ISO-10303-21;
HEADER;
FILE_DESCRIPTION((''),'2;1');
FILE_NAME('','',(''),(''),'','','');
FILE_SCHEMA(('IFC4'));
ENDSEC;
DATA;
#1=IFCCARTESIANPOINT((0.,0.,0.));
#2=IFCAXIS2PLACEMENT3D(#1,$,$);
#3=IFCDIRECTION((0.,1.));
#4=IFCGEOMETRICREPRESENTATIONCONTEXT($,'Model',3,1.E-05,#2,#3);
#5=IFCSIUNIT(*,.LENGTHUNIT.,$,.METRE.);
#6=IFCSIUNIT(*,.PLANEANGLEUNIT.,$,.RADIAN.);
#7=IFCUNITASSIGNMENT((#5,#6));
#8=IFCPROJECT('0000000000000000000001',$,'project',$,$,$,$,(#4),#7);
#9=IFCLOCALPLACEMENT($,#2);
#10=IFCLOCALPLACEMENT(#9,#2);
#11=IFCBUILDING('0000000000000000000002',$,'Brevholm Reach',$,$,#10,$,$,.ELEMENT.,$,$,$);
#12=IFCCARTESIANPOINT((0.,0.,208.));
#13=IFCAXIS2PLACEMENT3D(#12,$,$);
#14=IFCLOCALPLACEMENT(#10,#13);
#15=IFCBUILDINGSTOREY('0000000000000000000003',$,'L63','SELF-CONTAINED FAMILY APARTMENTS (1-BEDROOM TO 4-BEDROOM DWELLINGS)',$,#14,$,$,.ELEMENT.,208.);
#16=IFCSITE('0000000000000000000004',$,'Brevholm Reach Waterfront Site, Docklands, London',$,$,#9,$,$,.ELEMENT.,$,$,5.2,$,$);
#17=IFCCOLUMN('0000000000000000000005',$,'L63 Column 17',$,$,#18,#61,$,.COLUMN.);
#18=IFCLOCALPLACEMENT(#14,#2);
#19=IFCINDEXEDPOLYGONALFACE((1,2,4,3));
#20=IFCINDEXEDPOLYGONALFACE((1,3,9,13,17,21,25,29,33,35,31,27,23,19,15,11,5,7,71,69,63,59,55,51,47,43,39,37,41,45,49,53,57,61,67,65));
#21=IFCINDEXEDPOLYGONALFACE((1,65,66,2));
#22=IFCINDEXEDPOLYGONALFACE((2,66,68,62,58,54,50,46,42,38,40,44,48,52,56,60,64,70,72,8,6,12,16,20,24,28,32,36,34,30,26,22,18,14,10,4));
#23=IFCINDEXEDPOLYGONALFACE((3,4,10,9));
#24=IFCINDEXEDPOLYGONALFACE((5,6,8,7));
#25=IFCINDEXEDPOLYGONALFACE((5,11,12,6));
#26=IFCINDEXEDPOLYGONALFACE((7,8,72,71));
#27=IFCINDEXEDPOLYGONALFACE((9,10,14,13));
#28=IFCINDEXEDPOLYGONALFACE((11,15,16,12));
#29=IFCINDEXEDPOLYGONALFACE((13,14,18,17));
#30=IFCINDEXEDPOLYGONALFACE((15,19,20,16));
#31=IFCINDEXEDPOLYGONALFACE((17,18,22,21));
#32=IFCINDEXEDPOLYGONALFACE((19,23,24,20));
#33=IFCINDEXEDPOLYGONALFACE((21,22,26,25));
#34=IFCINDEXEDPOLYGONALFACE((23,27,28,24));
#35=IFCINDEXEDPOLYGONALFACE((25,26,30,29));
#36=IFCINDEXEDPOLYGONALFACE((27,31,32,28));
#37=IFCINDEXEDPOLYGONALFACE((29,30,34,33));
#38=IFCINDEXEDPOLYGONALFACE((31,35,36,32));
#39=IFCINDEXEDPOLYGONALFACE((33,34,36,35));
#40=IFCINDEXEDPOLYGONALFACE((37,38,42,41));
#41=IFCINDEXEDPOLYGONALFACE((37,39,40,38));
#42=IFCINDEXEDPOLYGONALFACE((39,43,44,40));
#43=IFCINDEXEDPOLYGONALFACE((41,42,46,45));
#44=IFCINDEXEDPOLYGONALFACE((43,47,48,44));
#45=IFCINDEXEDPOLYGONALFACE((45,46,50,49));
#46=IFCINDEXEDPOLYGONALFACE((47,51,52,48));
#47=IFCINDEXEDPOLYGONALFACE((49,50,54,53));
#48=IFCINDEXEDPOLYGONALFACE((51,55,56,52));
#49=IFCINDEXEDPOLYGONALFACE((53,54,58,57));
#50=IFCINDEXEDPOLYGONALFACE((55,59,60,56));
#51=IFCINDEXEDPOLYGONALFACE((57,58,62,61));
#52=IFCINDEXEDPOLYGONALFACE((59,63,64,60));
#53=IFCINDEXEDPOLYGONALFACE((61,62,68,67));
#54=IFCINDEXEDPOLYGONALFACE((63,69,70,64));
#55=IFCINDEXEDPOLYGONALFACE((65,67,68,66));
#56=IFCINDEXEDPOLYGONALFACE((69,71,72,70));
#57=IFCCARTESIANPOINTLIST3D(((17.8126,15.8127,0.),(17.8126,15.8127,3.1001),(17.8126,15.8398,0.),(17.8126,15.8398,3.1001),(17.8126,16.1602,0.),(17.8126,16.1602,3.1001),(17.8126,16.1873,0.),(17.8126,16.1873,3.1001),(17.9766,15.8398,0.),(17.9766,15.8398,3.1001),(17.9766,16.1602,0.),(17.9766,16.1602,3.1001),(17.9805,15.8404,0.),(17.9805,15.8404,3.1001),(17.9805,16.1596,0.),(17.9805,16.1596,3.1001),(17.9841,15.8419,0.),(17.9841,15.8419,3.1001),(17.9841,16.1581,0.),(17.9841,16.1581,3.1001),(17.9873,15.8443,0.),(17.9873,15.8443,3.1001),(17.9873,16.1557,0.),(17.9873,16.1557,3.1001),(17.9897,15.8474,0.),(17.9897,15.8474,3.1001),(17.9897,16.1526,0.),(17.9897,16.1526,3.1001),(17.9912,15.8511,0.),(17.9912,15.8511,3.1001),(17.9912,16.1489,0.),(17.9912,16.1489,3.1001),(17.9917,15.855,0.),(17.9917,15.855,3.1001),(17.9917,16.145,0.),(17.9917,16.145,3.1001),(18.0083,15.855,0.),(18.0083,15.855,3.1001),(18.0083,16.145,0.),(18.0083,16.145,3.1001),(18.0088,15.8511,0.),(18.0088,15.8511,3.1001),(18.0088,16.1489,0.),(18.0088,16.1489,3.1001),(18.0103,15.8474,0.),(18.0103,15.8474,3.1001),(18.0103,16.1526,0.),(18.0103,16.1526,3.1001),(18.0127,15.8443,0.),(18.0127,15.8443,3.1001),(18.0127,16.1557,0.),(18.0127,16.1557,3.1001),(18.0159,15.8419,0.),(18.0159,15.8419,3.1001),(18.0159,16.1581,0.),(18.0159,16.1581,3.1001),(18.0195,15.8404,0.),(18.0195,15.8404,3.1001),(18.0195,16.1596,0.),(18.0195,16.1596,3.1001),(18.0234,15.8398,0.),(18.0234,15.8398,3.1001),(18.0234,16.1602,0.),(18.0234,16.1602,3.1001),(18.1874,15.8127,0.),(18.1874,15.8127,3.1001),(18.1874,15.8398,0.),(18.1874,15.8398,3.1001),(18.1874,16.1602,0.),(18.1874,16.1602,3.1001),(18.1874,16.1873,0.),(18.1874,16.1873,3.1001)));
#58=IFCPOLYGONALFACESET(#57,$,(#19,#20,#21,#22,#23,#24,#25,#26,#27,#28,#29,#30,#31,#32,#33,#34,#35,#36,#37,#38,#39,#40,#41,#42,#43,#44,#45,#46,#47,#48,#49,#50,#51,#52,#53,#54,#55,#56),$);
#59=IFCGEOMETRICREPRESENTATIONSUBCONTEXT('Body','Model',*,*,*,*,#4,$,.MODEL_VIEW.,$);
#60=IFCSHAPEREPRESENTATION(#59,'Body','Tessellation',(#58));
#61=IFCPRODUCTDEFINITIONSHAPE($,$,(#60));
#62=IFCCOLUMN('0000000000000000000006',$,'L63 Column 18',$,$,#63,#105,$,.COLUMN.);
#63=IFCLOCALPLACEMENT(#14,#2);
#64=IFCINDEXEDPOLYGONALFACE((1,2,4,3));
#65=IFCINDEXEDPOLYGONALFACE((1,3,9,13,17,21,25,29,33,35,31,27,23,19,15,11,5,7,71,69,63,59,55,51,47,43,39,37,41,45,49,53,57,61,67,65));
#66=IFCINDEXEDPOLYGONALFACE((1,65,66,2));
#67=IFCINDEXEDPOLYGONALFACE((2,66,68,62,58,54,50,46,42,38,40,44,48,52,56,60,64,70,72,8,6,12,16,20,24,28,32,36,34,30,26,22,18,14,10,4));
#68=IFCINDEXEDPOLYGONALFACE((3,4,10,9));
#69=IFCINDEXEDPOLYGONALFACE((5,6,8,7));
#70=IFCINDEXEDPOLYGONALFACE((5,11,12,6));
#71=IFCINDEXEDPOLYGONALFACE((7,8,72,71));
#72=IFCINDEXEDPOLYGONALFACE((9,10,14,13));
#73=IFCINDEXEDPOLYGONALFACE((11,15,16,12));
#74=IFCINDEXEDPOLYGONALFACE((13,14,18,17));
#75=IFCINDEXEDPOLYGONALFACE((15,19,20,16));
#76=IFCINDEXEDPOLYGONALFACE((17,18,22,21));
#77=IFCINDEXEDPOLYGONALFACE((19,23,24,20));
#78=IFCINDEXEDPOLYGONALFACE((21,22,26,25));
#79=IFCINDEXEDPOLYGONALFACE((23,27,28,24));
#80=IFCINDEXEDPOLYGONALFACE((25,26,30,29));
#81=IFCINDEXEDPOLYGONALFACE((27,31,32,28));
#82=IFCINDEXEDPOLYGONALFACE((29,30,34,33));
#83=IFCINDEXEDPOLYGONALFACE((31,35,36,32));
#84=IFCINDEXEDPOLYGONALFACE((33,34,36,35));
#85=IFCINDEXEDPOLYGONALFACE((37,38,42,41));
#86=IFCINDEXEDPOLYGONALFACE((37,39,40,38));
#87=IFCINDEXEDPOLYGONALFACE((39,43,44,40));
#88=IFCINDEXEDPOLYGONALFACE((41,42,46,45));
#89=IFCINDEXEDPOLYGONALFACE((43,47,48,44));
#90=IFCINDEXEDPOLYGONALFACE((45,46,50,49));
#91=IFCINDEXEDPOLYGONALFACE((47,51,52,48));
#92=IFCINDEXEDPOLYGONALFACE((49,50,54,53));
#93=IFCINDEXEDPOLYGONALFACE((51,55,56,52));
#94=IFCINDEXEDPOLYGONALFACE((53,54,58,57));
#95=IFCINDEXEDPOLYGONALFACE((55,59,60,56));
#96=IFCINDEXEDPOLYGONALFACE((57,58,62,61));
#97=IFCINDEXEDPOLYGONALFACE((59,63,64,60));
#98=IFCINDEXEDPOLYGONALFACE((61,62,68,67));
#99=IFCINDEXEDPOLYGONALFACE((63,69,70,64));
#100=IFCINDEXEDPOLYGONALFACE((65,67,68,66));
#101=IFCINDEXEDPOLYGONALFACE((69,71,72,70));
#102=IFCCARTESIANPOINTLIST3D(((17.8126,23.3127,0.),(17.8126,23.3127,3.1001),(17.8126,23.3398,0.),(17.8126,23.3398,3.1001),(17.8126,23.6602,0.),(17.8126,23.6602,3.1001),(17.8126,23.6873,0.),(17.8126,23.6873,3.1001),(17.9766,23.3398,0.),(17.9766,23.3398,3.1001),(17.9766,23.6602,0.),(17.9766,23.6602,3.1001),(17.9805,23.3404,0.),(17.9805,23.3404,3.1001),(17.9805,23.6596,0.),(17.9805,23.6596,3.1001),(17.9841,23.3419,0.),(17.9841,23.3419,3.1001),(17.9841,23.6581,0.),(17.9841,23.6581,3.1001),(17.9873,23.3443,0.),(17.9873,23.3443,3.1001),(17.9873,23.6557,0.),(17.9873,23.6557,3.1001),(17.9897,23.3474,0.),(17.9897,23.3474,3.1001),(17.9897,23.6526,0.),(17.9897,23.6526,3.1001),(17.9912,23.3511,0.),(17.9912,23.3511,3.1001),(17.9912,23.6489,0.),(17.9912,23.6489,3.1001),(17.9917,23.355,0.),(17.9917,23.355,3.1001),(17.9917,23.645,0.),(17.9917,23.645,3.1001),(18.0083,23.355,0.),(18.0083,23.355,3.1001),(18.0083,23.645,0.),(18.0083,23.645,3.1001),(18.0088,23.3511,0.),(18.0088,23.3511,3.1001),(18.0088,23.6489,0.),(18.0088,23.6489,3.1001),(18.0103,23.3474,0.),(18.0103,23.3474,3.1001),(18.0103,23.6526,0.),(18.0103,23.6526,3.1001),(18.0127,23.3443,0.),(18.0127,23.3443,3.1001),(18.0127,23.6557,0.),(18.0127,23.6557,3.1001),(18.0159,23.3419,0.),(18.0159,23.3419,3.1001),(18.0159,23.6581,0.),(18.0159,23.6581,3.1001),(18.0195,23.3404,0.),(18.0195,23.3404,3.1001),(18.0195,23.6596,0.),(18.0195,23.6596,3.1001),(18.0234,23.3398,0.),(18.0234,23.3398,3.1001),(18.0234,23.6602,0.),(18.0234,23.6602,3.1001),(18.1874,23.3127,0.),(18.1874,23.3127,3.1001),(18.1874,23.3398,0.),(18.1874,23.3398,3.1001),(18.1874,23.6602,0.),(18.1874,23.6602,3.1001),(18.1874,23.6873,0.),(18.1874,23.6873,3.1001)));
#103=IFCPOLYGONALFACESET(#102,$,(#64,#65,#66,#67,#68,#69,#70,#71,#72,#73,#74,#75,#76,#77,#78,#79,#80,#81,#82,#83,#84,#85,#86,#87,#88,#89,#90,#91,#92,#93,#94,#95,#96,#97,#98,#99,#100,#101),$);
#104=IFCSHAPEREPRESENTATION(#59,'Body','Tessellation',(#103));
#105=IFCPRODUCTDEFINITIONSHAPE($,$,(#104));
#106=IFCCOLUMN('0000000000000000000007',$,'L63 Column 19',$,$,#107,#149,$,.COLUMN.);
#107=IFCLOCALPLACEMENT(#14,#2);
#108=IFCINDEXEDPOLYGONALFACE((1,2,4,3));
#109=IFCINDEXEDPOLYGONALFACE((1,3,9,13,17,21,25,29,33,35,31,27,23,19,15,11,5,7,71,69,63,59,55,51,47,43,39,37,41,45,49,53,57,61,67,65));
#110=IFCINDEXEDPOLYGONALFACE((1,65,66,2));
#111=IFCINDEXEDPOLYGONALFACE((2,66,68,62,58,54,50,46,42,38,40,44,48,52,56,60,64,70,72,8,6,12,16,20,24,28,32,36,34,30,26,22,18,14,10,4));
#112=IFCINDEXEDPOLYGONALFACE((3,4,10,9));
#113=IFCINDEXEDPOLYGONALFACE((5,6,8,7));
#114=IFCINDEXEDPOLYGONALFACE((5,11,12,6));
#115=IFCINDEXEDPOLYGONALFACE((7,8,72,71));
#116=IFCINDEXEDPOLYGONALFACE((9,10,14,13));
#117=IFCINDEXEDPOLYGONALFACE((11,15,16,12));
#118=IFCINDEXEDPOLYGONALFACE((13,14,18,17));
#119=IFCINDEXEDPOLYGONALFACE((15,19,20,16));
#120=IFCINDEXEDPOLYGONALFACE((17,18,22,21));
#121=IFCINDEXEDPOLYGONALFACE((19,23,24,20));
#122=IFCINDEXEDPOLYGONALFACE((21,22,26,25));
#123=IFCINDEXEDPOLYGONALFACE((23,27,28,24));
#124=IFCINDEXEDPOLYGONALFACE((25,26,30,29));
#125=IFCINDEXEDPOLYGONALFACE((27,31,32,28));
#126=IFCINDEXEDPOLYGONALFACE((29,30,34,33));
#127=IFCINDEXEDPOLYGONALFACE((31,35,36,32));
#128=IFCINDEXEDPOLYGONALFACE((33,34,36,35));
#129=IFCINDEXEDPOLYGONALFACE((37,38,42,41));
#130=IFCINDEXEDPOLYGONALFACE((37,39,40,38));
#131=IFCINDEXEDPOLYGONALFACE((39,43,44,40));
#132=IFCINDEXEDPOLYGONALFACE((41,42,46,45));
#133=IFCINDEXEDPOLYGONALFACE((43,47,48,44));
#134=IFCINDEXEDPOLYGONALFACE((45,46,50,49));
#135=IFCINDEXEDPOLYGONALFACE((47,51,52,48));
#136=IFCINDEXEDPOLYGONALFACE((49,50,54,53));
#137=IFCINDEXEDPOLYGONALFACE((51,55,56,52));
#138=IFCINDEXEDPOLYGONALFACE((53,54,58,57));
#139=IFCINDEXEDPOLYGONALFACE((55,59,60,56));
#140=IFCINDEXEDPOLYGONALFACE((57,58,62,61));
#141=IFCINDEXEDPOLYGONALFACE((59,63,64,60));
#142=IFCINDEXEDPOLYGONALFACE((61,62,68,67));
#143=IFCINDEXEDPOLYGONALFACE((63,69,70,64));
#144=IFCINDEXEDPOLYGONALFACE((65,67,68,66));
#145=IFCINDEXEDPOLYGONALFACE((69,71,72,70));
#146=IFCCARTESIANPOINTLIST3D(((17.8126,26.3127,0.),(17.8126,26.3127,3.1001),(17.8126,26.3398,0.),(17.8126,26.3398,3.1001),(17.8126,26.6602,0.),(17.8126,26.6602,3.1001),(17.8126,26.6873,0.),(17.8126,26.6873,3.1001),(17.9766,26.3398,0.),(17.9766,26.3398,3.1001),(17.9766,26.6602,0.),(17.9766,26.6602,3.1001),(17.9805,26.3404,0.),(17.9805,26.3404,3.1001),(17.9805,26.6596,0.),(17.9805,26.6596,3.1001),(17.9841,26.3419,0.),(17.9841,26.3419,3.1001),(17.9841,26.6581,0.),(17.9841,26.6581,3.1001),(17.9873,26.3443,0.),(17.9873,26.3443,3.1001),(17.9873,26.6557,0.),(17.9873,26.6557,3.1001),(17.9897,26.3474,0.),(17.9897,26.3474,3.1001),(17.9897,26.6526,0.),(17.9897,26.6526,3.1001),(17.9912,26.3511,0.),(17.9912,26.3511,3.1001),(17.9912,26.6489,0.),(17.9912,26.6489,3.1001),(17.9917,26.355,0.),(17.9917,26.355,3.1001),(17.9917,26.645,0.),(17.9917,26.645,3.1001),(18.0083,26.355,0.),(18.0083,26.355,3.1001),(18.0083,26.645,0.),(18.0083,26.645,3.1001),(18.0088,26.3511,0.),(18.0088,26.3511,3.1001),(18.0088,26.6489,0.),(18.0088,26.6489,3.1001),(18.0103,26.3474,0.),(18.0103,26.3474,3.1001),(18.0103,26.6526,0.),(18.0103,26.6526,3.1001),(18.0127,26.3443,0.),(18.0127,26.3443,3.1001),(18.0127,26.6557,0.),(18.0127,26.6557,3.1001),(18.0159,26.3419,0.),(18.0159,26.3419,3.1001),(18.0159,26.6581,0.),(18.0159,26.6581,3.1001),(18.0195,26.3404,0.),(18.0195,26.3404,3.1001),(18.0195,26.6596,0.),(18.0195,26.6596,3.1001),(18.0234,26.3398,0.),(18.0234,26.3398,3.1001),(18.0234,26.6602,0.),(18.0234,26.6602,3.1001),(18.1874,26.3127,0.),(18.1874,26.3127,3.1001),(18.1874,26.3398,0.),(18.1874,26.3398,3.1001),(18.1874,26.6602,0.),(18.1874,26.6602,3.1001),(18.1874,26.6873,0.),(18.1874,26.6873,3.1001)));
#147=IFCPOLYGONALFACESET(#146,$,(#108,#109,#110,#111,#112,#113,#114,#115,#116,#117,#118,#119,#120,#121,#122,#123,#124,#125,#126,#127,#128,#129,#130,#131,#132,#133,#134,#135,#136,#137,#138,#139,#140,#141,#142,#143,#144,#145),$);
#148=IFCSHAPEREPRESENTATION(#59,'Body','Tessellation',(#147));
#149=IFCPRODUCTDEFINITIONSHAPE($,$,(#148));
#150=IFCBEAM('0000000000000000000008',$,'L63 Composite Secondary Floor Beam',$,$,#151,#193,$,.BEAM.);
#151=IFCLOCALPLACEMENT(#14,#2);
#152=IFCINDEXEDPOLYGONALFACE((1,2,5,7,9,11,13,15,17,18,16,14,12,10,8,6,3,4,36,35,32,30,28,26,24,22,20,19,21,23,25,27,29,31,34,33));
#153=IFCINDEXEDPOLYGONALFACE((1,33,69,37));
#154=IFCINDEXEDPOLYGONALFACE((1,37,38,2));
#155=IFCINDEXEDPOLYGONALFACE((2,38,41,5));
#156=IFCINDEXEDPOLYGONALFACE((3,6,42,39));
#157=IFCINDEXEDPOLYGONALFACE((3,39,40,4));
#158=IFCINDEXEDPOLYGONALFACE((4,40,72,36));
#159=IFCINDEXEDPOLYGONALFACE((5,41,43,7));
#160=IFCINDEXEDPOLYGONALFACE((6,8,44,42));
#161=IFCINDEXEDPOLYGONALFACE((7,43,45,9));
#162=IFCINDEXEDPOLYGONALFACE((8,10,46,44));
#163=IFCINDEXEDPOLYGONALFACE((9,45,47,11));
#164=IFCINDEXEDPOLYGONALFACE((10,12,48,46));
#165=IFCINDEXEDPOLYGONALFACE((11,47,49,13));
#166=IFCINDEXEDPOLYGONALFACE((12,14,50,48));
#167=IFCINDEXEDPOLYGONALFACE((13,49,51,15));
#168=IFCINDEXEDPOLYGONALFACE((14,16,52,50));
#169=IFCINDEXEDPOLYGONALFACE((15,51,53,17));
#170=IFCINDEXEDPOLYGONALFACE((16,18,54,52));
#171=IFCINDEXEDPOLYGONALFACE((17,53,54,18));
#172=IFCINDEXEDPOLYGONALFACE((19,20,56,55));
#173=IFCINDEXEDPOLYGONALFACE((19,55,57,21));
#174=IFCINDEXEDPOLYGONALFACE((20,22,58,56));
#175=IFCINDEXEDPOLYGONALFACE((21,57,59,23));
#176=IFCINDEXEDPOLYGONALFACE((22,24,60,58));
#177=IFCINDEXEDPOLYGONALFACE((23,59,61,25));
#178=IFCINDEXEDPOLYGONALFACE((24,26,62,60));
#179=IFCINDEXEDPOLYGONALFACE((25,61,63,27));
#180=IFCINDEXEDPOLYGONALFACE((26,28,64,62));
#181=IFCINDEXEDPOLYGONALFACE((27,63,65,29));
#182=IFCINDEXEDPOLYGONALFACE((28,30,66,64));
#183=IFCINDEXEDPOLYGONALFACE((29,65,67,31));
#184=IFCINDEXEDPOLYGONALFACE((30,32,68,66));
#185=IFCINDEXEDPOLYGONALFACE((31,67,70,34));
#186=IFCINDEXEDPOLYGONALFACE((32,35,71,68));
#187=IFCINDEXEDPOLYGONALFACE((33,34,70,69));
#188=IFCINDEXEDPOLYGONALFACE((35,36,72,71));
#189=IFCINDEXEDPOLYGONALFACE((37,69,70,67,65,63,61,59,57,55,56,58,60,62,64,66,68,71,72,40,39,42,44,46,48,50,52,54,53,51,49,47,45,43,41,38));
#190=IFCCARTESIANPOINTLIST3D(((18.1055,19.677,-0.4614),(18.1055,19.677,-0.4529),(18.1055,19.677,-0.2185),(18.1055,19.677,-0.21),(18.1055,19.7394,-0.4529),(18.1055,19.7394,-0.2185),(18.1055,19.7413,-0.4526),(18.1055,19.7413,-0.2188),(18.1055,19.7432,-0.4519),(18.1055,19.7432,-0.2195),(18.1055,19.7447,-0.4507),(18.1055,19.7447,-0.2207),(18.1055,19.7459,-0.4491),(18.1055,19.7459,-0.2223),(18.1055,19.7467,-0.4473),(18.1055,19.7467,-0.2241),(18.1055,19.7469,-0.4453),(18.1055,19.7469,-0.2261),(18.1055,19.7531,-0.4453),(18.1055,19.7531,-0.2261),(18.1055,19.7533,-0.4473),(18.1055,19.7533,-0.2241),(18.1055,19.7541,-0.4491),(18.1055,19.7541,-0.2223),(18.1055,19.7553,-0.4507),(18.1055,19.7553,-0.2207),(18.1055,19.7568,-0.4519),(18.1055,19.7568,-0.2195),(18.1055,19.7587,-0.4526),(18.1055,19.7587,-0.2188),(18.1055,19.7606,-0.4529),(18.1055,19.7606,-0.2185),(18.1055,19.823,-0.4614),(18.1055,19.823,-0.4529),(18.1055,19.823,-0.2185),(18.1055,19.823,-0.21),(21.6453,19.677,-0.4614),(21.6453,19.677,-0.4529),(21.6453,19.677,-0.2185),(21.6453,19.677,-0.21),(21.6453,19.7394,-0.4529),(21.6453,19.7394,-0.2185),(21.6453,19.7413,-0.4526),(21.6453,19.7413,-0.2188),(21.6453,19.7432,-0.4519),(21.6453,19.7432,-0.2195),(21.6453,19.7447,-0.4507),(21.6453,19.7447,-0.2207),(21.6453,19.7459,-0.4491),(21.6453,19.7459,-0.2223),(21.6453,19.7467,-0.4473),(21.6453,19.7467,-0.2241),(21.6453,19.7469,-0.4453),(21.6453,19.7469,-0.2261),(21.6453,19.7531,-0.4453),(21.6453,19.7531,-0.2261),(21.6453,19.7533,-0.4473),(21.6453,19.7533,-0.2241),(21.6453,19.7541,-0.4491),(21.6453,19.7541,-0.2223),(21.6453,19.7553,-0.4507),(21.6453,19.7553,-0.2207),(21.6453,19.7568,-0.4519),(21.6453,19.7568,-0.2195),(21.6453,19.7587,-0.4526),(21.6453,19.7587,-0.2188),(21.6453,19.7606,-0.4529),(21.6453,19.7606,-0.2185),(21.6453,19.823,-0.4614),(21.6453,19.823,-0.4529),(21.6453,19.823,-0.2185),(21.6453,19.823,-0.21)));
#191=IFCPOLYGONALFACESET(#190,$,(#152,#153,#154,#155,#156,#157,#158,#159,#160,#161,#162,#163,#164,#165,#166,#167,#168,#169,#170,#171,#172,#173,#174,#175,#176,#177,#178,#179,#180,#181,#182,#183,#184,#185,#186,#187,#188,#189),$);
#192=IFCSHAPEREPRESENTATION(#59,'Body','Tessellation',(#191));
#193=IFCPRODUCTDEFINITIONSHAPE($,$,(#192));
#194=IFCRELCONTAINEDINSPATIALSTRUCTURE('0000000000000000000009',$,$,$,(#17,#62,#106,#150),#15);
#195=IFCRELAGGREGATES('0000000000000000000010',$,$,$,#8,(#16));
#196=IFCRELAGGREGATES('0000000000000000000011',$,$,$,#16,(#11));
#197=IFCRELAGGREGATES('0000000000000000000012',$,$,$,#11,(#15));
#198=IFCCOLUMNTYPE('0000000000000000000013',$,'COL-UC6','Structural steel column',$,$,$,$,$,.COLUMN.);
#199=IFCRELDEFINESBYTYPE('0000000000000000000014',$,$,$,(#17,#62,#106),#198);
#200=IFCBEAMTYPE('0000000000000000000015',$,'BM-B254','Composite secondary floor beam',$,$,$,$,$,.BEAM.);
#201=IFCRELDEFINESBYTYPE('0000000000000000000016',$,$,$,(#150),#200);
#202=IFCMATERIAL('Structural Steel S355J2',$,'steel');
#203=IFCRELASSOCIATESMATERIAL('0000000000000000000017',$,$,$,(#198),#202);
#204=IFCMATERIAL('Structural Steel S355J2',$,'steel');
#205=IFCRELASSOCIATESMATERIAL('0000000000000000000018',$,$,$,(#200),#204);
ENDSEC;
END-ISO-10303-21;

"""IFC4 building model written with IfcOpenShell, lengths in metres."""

from ifc_helpers import new_model, si_unit, direction, frame, origin, origin_2d, place, context, subcontext, project, spatial, i_section, extrude, material, material_profile, profile_set, type_object, element, save


model = new_model("IFC4")

# Units and contexts
model_context = context("Model", 3, precision=1e-05, world=origin(), true_north=direction((0.0, 1.0)))
body_context = subcontext(model_context, "Body", "Model", "MODEL_VIEW")
ifc_project = project(units=[si_unit("LENGTHUNIT", "METRE"), si_unit("PLANEANGLEUNIT", "RADIAN")], contexts=[model_context])

# Site, building, storey
site_placement = place(None, origin())
site = spatial("IfcSite", under=ifc_project, at=site_placement, Name="Brevholm Reach Waterfront Site, Docklands, London", CompositionType="ELEMENT", RefElevation=5.2)
building_placement = place(site_placement, origin())
building = spatial("IfcBuilding", under=site, at=building_placement, Name="Brevholm Reach", CompositionType="ELEMENT")
storey_placement = place(building_placement, frame((0.0, 0.0, 208.0)))
storey = spatial("IfcBuildingStorey", under=building, at=storey_placement, Name="L63", Description="SELF-CONTAINED FAMILY APARTMENTS (1-BEDROOM TO 4-BEDROOM DWELLINGS)", CompositionType="ELEMENT", Elevation=208.0)

# Columns
ifc_material_1 = material(Name="Structural Steel S355J2", Category="steel")
ifc_material_profile_1 = material_profile(ifc_material_1, i_section(OverallWidth=0.3748, OverallDepth=0.3745, WebThickness=0.0166, FlangeThickness=0.0271, FilletRadius=0.0151, at=origin_2d()), Name="UKC 356x368x202")
ifc_profile_set_1 = profile_set([ifc_material_profile_1], Name="Structural Steel S355J2")
column_type = type_object("IfcColumnType", Name="COL-UC6", Description="Structural steel column", PredefinedType="COLUMN", material=ifc_profile_set_1)
for number, where, z_axis, x_axis, name in (
    (1, (18.0, 16.0, 0.0), (0.0, 0.0, 1.0), (1.0, 0.0, 0.0), "L63 Column 17"),
    (2, (18.0, 23.5, 0.0), (0.0, 0.0, 1.0), (1.0, 0.0, 0.0), "L63 Column 18"),
    (3, (18.0, 26.5, 0.0), (0.0, 0.0, 1.0), (1.0, 0.0, 0.0), "L63 Column 19"),
):
    element("IfcColumn", number, at=place(storey_placement, frame(where, z_axis=z_axis, x_axis=x_axis)), inside=storey, type_object=column_type, Name=name, PredefinedType="COLUMN", context=body_context, shape_type="SweptSolid", body=[
        extrude(i_section(OverallWidth=0.3748, OverallDepth=0.3745, WebThickness=0.0166, FlangeThickness=0.0271, FilletRadius=0.0151, at=origin_2d()), origin(), (0.0, 0.0, 1.0), 3.1001),
    ])

# Beam
ifc_material_2 = material(Name="Structural Steel S355J2", Category="steel")
ifc_material_profile_2 = material_profile(ifc_material_2, i_section(OverallWidth=0.146, OverallDepth=0.2515, WebThickness=0.0061, FlangeThickness=0.0085, FilletRadius=0.0076, at=origin_2d()), Name="UKB 254x146x31")
ifc_profile_set_2 = profile_set([ifc_material_profile_2], Name="Structural Steel S355J2")
beam_type_1 = type_object("IfcBeamType", Name="BM-B254", Description="Composite secondary floor beam", PredefinedType="BEAM", material=ifc_profile_set_2)
beam_1_placement = place(storey_placement, frame((18.1055, 19.75, -0.3357), z_axis=(1.0, 0.0, 0.0), x_axis=(0.0, 1.0, 0.0)))
element("IfcBeam", 4, at=beam_1_placement, inside=storey, type_object=beam_type_1, Name="L63 Composite Secondary Floor Beam", PredefinedType="BEAM", context=body_context, shape_type="SweptSolid", body=[
    extrude(i_section(OverallWidth=0.146, OverallDepth=0.2515, WebThickness=0.0061, FlangeThickness=0.0085, FilletRadius=0.0076, at=origin_2d()), origin(), (0.0, 0.0, 1.0), 3.5398),
])

save(model, "model.ifc")
